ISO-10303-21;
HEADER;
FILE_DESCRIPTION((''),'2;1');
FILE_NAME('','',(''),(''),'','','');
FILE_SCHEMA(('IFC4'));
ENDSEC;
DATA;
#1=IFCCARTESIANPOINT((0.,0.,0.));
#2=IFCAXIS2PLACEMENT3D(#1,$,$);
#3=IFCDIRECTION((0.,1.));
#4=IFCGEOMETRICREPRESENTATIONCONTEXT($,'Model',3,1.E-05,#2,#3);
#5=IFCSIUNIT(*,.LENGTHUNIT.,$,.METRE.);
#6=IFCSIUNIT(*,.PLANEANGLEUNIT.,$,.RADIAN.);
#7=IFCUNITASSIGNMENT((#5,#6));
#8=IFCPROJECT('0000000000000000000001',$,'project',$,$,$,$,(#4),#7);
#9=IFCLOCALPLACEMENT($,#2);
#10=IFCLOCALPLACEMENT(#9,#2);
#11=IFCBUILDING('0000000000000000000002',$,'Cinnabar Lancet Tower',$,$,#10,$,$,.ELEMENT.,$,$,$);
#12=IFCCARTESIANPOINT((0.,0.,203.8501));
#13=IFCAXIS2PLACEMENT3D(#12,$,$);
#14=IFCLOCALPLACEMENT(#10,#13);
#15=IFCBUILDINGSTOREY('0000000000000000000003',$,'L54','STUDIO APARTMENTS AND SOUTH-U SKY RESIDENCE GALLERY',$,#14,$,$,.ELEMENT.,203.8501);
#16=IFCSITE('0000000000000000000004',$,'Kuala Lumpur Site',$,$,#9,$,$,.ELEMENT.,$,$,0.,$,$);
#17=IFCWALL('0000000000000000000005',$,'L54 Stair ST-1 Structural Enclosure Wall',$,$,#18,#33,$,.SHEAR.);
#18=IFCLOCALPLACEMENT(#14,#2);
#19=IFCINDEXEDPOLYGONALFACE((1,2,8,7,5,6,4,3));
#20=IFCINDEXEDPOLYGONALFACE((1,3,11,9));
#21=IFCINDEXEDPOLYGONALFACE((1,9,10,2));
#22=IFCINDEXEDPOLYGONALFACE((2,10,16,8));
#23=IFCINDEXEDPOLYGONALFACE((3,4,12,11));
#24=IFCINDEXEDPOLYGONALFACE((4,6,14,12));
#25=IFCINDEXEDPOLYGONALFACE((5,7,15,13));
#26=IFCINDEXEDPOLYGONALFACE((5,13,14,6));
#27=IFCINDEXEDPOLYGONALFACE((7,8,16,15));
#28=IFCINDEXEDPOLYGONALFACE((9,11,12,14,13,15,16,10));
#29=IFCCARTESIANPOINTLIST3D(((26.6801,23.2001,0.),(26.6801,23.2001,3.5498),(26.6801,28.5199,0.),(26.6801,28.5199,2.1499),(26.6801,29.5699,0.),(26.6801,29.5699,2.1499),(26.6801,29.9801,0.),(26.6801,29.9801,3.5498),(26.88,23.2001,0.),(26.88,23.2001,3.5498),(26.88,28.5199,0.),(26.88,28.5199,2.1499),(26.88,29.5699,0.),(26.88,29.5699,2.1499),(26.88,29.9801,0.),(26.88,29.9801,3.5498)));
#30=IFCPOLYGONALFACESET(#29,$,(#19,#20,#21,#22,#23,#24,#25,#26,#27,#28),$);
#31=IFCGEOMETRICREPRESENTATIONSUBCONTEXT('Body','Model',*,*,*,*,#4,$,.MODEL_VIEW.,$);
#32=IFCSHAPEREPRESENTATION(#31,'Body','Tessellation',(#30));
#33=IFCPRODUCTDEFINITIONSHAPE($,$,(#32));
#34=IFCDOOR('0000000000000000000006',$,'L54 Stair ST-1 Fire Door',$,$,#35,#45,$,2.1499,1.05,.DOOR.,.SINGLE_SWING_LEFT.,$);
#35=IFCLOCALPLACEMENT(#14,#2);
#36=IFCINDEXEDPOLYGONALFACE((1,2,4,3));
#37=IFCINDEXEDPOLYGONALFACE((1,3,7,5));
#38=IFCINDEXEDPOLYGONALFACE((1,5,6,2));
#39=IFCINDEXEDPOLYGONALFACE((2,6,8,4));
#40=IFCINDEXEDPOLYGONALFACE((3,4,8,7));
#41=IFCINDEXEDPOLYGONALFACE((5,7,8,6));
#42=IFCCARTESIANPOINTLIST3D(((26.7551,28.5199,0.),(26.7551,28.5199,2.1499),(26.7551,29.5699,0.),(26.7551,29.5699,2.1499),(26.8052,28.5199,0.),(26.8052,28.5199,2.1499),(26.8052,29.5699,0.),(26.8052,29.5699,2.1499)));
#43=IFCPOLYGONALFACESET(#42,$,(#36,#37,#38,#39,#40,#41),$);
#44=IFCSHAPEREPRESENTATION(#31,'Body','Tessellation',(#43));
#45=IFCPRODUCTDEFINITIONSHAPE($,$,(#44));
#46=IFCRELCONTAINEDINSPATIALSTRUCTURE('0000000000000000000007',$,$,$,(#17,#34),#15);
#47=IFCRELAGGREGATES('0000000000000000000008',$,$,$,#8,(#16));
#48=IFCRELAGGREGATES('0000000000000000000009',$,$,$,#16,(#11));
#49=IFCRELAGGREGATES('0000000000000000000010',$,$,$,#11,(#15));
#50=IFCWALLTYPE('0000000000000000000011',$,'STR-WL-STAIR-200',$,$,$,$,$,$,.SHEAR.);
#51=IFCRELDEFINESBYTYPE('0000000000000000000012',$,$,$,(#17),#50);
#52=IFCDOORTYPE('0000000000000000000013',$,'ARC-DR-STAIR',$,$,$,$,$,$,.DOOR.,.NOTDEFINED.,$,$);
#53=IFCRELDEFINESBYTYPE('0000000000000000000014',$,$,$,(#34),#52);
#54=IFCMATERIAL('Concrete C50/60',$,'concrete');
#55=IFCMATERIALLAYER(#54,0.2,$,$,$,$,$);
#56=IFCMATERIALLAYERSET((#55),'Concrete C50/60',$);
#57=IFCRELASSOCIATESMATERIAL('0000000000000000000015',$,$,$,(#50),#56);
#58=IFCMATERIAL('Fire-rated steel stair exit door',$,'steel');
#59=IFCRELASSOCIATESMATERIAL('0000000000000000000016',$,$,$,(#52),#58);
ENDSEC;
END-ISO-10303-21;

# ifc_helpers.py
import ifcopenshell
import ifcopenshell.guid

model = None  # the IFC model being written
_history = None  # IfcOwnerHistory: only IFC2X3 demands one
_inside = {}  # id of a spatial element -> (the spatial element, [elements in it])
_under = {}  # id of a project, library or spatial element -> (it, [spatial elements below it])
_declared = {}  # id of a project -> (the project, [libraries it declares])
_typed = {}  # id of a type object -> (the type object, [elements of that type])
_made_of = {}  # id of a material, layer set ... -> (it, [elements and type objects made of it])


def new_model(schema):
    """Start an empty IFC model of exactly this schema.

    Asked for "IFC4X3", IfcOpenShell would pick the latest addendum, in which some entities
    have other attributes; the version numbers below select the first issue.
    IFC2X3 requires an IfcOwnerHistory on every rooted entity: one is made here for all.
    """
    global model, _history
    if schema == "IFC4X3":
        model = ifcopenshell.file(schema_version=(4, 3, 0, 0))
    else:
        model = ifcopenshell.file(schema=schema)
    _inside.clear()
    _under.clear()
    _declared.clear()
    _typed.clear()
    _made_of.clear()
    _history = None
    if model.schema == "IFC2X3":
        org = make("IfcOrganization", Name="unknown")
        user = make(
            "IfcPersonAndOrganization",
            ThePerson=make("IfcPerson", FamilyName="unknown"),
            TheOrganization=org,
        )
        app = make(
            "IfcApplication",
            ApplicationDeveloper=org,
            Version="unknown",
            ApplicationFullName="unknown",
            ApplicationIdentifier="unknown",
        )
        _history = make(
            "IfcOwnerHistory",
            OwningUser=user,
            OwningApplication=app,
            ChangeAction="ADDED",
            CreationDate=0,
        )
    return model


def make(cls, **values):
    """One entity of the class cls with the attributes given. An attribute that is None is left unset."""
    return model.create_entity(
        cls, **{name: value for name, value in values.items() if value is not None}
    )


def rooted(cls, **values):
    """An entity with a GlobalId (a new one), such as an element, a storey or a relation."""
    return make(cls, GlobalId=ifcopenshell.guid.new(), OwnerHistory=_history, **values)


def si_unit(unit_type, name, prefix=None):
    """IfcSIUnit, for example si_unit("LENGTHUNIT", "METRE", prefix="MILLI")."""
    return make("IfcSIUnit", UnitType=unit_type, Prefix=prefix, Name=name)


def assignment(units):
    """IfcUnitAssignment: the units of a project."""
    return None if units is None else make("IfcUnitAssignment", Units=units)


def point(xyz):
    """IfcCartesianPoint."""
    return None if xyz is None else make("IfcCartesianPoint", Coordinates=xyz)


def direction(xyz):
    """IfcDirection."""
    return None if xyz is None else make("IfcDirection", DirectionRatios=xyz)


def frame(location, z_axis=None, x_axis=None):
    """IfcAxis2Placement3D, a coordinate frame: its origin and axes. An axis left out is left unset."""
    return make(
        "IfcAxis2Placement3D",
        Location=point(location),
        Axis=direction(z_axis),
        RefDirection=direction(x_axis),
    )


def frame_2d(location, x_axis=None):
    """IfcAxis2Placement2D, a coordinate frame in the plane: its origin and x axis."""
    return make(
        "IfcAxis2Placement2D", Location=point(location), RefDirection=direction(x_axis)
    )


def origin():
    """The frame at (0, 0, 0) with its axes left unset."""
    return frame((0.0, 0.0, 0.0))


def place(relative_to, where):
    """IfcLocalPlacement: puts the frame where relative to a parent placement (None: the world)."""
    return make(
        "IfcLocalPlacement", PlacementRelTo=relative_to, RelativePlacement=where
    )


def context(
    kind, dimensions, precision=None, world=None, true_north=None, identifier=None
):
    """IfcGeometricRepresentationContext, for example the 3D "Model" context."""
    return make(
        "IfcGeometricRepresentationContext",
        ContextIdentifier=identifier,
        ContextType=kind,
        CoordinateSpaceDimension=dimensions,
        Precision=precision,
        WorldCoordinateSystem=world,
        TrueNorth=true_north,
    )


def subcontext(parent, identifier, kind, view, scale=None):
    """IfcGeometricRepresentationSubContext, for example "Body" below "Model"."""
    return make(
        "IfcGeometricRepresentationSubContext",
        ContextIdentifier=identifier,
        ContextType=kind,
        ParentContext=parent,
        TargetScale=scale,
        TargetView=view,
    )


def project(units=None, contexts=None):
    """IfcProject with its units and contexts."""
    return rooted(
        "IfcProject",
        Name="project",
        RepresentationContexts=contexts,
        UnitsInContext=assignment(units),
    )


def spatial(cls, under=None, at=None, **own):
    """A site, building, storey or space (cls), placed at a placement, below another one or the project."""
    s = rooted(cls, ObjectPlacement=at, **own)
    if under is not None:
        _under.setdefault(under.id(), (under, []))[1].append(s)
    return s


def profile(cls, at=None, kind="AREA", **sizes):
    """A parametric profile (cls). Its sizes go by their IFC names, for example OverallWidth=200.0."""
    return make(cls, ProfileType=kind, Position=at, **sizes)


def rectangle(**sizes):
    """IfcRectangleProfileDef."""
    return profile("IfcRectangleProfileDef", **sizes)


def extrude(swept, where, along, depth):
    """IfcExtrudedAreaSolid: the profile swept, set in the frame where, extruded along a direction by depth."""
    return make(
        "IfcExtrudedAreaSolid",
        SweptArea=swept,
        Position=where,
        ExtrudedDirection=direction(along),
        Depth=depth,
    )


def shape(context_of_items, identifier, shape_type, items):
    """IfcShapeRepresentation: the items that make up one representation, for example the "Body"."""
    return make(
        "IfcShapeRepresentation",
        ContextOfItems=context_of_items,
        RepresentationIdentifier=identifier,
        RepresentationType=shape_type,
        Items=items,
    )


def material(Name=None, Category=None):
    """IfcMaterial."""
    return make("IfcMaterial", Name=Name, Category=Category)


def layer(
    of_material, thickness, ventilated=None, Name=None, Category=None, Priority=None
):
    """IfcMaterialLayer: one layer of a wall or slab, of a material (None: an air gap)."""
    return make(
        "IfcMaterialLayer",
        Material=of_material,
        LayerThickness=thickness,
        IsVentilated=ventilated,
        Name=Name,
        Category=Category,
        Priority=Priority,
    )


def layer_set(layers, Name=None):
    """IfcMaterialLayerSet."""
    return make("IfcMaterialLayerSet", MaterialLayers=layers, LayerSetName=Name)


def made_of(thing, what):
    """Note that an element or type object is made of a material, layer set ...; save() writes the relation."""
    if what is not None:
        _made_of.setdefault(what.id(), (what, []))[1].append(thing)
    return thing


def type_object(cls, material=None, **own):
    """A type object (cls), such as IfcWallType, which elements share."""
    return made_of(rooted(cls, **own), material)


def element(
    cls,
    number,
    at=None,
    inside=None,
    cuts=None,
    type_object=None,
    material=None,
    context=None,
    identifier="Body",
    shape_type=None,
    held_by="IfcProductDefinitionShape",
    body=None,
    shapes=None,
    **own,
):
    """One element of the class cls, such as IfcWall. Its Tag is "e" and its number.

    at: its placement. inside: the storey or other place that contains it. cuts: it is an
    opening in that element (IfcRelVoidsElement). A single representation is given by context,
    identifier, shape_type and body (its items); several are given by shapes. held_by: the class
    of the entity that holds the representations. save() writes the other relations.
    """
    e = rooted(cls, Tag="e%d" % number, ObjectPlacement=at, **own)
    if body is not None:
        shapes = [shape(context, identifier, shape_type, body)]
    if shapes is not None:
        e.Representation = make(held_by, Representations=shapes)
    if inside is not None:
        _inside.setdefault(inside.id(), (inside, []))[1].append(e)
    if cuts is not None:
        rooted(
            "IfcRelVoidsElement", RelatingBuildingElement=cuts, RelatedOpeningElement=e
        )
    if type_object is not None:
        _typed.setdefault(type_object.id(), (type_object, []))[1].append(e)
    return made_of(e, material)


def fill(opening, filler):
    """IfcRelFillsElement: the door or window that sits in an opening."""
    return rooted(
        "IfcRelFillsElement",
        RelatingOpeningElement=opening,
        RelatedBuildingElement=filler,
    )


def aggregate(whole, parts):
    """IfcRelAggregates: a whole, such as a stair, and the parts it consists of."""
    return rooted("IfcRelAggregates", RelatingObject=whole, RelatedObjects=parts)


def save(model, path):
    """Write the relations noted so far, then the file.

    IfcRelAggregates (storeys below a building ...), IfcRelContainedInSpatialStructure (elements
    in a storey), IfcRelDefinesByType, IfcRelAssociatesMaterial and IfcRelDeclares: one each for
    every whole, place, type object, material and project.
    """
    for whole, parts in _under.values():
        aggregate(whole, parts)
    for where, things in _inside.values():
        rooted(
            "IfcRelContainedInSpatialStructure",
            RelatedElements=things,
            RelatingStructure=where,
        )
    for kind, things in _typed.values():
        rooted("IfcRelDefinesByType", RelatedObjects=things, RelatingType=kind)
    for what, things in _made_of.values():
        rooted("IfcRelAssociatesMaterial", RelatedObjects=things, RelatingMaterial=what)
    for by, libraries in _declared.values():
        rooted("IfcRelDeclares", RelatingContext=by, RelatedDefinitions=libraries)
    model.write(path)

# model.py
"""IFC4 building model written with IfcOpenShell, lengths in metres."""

from ifc_helpers import new_model, si_unit, direction, frame, frame_2d, origin, place, context, subcontext, project, spatial, rectangle, extrude, material, layer, layer_set, type_object, element, fill, save


model = new_model("IFC4")

# Units and contexts
model_context = context("Model", 3, precision=1e-05, world=origin(), true_north=direction((0.0, 1.0)))
body_context = subcontext(model_context, "Body", "Model", "MODEL_VIEW")
ifc_project = project(units=[si_unit("LENGTHUNIT", "METRE"), si_unit("PLANEANGLEUNIT", "RADIAN")], contexts=[model_context])

# Site, building, storey
site_placement = place(None, origin())
site = spatial("IfcSite", under=ifc_project, at=site_placement, Name="Kuala Lumpur Site", CompositionType="ELEMENT", RefElevation=0.0)
building_placement = place(site_placement, origin())
building = spatial("IfcBuilding", under=site, at=building_placement, Name="Cinnabar Lancet Tower", CompositionType="ELEMENT")
storey_placement = place(building_placement, frame((0.0, 0.0, 203.8501)))
storey = spatial("IfcBuildingStorey", under=building, at=storey_placement, Name="L54", Description="STUDIO APARTMENTS AND SOUTH-U SKY RESIDENCE GALLERY", CompositionType="ELEMENT", Elevation=203.8501)

# Wall, opening, door
ifc_material_1 = material(Name="Concrete C50/60", Category="concrete")
ifc_layer_1 = layer(ifc_material_1, 0.2)
ifc_layer_set_1 = layer_set([ifc_layer_1], Name="Concrete C50/60")
wall_type_1 = type_object("IfcWallType", Name="STR-WL-STAIR-200", PredefinedType="SHEAR", material=ifc_layer_set_1)
wall_1_placement = place(storey_placement, frame((26.78, 23.2, 0.0), z_axis=(0.0, 0.0, 1.0), x_axis=(0.0, 1.0, 0.0)))
wall_1 = element("IfcWall", 1, at=wall_1_placement, inside=storey, type_object=wall_type_1, Name="L54 Stair ST-1 Structural Enclosure Wall", PredefinedType="SHEAR", context=body_context, shape_type="SweptSolid", body=[
    extrude(rectangle(XDim=6.78, YDim=0.2, at=frame_2d((3.3901, 0.0))), origin(), (0.0, 0.0, 1.0), 3.5498),
])
opening_1_placement = place(wall_1_placement, frame((5.3201, 0.0, 0.0)))
opening_1 = element("IfcOpeningElement", 2, at=opening_1_placement, cuts=wall_1, PredefinedType="OPENING", context=body_context, shape_type="SweptSolid", body=[
    extrude(rectangle(XDim=1.05, YDim=2.1499, at=frame_2d((0.5249, 1.075))), frame((0.0, 0.1099, 0.0), z_axis=(0.0, -1.0, 0.0), x_axis=(1.0, 0.0, 0.0)), (0.0, 0.0, 1.0), 0.22),
])
ifc_material_2 = material(Name="Fire-rated steel stair exit door", Category="steel")
door_type_1 = type_object("IfcDoorType", Name="ARC-DR-STAIR", OperationType="NOTDEFINED", PredefinedType="DOOR", material=ifc_material_2)
door_1_placement = place(opening_1_placement, origin())
door_1 = element("IfcDoor", 3, at=door_1_placement, inside=storey, type_object=door_type_1, Name="L54 Stair ST-1 Fire Door", OperationType="SINGLE_SWING_LEFT", OverallHeight=2.1499, OverallWidth=1.05, PredefinedType="DOOR", context=body_context, shape_type="SweptSolid", body=[
    extrude(rectangle(XDim=1.05, YDim=2.1499, at=frame_2d((0.5249, 1.075))), frame((0.0, 0.0249, 0.0), z_axis=(0.0, -1.0, 0.0), x_axis=(1.0, 0.0, 0.0)), (0.0, 0.0, 1.0), 0.05),
])
fill(opening_1, door_1)

save(model, "model.ifc")
